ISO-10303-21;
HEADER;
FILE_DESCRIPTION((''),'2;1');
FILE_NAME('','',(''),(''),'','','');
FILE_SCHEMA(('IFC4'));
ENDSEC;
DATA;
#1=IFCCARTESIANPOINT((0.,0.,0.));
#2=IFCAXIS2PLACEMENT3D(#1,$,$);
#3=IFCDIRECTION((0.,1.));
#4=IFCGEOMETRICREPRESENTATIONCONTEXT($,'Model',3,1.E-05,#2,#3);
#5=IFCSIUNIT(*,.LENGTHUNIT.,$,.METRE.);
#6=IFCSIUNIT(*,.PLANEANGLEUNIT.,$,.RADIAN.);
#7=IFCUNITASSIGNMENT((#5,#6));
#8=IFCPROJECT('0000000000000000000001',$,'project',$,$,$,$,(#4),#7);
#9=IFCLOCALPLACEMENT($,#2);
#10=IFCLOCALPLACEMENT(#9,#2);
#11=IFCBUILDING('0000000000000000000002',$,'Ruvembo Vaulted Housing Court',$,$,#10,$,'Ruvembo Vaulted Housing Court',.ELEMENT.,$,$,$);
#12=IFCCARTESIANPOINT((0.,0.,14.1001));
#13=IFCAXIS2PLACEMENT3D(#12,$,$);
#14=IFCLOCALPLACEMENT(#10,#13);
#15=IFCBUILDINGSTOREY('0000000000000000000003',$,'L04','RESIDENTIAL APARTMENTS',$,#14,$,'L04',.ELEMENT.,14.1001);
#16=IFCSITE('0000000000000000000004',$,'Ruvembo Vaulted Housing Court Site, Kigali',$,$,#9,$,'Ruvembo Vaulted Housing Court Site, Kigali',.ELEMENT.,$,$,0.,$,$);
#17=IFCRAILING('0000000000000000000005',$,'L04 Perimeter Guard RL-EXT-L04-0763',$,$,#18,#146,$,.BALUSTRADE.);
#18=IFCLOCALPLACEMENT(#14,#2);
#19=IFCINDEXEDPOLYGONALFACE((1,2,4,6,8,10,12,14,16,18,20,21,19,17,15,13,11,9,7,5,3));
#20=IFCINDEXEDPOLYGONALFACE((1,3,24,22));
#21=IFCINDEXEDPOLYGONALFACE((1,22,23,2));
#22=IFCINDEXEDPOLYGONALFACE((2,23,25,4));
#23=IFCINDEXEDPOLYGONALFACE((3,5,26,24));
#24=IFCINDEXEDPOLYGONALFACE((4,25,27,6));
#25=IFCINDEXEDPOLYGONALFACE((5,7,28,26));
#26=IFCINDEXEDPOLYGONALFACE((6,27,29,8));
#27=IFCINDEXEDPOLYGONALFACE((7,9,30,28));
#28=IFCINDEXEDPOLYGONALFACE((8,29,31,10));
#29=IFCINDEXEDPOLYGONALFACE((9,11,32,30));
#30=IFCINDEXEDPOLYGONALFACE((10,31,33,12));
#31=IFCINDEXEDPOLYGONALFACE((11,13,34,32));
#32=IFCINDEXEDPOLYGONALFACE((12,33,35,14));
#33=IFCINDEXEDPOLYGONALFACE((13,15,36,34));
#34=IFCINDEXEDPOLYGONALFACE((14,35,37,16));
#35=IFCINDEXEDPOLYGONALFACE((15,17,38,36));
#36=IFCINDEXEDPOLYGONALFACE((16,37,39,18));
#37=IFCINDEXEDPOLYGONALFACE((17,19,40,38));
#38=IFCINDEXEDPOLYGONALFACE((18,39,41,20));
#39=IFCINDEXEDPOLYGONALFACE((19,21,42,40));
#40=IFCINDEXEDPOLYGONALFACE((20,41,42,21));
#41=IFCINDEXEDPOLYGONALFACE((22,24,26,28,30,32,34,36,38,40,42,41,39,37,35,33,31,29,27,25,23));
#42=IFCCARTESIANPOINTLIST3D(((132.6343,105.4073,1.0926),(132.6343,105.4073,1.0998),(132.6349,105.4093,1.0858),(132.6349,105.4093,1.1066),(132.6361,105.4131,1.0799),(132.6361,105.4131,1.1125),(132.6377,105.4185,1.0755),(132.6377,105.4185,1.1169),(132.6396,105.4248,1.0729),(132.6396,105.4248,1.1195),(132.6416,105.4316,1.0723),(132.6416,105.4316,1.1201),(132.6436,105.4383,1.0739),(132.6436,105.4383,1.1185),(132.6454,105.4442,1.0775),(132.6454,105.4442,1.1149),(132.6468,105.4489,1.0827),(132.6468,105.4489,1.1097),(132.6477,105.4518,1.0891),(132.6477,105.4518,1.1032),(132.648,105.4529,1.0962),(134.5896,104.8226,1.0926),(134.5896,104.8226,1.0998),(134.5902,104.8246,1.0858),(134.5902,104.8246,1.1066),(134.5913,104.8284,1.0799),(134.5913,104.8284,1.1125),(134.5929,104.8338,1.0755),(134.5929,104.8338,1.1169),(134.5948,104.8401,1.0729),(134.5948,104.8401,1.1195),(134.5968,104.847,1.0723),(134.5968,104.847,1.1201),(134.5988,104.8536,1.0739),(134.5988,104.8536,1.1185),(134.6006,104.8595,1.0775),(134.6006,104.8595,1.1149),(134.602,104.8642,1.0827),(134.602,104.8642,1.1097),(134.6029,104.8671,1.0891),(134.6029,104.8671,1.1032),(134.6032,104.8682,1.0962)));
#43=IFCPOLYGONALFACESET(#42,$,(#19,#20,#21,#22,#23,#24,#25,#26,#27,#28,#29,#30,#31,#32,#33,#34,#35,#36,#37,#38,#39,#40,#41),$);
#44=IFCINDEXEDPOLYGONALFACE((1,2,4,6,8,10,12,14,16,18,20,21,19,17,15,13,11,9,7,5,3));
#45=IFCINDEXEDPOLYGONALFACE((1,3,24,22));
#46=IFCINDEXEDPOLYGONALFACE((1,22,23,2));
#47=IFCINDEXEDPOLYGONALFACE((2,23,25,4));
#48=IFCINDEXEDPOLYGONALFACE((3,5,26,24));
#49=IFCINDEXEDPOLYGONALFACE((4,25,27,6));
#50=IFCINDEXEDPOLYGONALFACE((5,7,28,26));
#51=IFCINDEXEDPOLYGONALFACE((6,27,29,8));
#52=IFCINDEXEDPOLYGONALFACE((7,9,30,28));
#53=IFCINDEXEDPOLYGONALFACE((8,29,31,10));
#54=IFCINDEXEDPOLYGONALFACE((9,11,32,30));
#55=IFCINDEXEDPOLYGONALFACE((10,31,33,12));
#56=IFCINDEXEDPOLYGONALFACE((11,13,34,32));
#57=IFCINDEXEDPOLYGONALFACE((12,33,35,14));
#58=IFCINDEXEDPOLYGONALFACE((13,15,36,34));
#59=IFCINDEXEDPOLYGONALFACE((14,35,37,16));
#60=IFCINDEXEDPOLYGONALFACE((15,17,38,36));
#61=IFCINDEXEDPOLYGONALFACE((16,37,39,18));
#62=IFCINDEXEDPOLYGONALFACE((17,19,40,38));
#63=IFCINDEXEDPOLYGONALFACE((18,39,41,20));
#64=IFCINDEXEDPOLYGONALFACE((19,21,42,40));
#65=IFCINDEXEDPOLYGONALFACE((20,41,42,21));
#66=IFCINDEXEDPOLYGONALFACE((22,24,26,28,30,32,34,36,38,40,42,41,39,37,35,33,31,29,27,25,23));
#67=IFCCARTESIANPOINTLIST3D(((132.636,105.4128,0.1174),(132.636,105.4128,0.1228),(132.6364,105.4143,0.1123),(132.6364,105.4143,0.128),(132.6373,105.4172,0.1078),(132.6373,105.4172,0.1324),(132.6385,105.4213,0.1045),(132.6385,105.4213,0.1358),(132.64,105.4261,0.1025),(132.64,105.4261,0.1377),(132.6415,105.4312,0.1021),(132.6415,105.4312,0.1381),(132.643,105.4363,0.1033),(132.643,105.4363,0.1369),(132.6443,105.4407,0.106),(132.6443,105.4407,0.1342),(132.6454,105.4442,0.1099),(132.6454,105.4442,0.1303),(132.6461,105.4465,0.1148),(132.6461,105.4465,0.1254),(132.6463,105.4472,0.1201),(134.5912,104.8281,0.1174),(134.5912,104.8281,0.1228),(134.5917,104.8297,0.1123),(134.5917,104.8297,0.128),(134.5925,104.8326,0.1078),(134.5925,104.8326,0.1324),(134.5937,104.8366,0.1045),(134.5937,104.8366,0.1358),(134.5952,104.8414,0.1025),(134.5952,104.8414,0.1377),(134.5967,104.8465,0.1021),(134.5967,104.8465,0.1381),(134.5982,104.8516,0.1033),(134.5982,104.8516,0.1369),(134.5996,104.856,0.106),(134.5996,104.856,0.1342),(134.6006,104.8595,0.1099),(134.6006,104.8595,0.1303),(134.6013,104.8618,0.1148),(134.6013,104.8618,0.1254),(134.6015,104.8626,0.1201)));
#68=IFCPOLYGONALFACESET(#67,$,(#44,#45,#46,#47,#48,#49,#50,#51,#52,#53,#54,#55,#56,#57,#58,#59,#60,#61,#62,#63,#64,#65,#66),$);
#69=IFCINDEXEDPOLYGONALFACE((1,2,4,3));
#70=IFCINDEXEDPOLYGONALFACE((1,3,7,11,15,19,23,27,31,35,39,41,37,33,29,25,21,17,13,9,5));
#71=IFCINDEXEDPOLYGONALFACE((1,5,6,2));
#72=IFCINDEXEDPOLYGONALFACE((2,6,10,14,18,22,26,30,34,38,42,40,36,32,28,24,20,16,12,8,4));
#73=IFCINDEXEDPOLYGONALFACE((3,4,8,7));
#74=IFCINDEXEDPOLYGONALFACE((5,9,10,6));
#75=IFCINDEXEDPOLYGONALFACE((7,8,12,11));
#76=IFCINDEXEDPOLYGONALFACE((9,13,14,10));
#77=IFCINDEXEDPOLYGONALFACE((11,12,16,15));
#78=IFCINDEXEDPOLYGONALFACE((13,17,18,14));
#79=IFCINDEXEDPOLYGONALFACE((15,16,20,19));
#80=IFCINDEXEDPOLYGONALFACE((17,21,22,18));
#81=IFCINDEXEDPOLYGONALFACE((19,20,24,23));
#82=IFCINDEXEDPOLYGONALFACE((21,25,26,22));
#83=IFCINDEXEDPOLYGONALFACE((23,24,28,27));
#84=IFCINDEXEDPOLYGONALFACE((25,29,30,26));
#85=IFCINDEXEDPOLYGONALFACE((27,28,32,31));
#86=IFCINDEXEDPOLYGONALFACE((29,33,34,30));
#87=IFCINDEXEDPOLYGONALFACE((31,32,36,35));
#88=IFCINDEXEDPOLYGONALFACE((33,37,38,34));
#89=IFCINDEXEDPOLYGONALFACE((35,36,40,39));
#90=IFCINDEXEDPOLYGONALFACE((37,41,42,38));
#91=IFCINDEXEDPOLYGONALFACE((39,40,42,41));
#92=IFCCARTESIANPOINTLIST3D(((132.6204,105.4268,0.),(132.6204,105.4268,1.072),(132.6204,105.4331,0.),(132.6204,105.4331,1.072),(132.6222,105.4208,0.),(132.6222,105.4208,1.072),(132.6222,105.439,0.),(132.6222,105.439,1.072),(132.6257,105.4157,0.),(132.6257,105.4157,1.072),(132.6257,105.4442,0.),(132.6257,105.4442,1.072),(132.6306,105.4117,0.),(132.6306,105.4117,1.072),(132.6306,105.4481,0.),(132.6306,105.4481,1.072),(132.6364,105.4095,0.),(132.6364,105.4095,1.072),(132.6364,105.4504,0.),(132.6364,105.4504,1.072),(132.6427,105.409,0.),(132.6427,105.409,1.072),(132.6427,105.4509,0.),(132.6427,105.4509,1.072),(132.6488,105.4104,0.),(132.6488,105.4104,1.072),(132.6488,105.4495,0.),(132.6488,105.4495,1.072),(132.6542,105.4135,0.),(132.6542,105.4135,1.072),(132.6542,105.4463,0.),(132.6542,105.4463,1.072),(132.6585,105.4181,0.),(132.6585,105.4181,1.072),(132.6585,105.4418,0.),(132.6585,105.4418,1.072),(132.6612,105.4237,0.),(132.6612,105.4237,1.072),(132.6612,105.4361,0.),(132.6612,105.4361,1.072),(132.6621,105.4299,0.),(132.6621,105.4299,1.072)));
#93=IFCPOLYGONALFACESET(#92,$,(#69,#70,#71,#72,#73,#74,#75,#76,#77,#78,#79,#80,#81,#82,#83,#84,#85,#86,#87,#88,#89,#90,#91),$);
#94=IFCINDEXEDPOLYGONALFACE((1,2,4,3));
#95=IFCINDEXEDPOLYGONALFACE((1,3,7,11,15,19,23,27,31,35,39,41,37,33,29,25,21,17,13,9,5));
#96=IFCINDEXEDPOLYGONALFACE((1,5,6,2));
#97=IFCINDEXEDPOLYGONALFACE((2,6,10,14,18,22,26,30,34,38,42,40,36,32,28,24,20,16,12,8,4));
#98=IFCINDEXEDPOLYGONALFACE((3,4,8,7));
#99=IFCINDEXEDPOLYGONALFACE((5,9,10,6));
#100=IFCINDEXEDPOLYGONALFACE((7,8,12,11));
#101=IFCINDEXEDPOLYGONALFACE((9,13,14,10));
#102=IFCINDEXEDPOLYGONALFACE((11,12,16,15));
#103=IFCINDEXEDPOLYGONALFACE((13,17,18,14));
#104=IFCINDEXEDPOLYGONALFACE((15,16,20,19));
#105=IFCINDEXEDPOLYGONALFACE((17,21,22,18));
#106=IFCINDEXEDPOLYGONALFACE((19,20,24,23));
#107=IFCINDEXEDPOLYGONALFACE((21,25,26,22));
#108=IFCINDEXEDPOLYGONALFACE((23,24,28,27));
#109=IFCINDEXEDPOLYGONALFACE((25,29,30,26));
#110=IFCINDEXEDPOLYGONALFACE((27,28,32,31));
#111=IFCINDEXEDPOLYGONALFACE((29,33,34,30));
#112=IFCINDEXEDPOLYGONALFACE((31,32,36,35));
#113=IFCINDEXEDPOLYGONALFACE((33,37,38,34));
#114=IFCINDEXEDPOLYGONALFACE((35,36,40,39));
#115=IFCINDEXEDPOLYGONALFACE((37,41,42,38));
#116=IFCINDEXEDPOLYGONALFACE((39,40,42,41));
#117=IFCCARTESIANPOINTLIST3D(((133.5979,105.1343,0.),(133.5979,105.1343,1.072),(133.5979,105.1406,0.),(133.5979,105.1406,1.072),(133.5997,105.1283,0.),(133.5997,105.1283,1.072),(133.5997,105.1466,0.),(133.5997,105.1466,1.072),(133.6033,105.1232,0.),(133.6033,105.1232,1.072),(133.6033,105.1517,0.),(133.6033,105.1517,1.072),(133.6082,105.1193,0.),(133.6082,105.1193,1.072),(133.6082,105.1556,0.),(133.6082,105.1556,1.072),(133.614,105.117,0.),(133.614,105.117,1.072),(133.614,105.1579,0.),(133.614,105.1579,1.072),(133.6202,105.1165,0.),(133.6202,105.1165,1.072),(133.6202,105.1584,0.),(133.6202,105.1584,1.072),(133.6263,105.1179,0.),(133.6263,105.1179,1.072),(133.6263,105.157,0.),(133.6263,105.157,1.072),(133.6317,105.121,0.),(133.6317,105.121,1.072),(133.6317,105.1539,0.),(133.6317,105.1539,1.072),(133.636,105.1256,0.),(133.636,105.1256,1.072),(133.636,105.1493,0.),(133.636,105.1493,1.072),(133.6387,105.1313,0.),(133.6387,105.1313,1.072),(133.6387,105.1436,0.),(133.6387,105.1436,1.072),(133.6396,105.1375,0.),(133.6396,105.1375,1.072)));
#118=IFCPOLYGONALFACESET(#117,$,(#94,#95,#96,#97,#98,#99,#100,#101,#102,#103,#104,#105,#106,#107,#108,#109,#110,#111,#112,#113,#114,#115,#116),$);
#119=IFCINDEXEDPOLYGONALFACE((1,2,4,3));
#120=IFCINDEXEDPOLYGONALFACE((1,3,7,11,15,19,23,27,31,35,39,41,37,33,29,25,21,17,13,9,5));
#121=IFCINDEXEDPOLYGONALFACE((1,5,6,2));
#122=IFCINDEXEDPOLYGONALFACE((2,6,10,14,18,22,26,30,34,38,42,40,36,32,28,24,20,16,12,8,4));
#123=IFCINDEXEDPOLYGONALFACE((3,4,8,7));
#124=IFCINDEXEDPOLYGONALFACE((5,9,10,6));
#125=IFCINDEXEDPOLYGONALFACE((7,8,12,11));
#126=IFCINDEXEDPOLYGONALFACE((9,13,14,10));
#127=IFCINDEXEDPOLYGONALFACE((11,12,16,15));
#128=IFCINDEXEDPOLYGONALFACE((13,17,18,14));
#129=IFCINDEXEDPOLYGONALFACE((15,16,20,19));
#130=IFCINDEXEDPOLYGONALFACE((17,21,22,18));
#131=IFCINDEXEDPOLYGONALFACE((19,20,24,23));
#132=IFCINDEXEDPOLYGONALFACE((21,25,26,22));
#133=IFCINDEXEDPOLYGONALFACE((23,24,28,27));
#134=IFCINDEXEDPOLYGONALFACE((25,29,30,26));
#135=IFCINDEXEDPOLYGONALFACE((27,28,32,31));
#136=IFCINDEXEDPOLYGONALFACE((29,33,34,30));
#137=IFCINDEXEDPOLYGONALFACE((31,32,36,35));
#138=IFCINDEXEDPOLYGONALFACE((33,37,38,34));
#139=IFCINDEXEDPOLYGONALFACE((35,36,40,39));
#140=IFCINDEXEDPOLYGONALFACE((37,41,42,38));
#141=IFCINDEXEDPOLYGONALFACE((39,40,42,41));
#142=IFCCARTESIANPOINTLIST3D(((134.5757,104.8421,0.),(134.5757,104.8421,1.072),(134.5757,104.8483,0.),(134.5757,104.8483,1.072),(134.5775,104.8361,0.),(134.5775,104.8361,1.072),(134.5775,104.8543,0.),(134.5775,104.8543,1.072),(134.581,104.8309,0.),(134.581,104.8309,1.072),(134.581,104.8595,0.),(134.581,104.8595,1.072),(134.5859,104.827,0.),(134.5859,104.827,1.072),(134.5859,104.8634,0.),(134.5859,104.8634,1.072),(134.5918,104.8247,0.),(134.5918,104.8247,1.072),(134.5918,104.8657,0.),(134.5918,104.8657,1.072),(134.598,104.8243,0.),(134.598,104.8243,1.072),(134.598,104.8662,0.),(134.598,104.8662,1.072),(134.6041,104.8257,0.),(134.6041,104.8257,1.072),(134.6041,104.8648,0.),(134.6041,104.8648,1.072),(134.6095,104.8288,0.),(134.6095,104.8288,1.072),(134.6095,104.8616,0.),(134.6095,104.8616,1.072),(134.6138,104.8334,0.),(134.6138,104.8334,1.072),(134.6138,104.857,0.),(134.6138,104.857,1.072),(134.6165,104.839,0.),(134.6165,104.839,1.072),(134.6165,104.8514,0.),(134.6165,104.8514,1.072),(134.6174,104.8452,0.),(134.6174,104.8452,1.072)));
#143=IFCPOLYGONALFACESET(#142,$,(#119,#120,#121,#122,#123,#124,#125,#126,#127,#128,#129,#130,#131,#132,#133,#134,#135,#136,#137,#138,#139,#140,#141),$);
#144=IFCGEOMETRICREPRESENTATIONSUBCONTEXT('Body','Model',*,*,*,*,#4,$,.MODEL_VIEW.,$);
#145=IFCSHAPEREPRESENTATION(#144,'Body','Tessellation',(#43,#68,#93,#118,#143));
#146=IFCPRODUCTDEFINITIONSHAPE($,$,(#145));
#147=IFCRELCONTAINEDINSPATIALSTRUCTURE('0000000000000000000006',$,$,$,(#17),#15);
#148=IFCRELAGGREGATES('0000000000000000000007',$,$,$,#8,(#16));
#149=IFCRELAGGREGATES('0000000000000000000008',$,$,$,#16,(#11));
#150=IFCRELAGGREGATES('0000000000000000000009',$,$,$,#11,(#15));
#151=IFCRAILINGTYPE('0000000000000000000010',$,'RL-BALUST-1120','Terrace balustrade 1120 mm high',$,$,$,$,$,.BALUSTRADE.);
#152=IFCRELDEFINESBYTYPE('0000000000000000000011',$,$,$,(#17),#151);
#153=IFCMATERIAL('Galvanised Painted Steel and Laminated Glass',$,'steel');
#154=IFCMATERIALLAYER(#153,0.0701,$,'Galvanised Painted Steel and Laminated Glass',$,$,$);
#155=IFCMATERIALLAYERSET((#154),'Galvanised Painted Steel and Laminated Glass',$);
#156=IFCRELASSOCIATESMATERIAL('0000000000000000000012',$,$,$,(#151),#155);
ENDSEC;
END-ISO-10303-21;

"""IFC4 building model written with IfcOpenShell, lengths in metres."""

from ifc_helpers import new_model, si_unit, direction, frame, origin, origin_2d, place, context, subcontext, project, spatial, circle, extrude, material, layer, layer_set, type_object, element, save


model = new_model("IFC4")

# Units and contexts
model_context = context("Model", 3, precision=1e-05, world=origin(), true_north=direction((0.0, 1.0)))
body_context = subcontext(model_context, "Body", "Model", "MODEL_VIEW")
ifc_project = project(units=[si_unit("LENGTHUNIT", "METRE"), si_unit("PLANEANGLEUNIT", "RADIAN")], contexts=[model_context])

# Site, building, storey
site_placement = place(None, origin())
site = spatial("IfcSite", under=ifc_project, at=site_placement, Name="Ruvembo Vaulted Housing Court Site, Kigali", LongName="Ruvembo Vaulted Housing Court Site, Kigali", CompositionType="ELEMENT", RefElevation=0.0)
building_placement = place(site_placement, origin())
building = spatial("IfcBuilding", under=site, at=building_placement, Name="Ruvembo Vaulted Housing Court", LongName="Ruvembo Vaulted Housing Court", CompositionType="ELEMENT")
storey_placement = place(building_placement, frame((0.0, 0.0, 14.1001)))
storey = spatial("IfcBuildingStorey", under=building, at=storey_placement, Name="L04", Description="RESIDENTIAL APARTMENTS", LongName="L04", CompositionType="ELEMENT", Elevation=14.1001)

# Railing
ifc_material_1 = material(Name="Galvanised Painted Steel and Laminated Glass", Category="steel")
ifc_layer_1 = layer(ifc_material_1, 0.0701, Name="Galvanised Painted Steel and Laminated Glass")
ifc_layer_set_1 = layer_set([ifc_layer_1], Name="Galvanised Painted Steel and Laminated Glass")
railing_type = type_object("IfcRailingType", Name="RL-BALUST-1120", Description="Terrace balustrade 1120 mm high", PredefinedType="BALUSTRADE", material=ifc_layer_set_1)
railing_1_placement = place(storey_placement, frame((132.6411, 105.4299, 0.0)))
element("IfcRailing", 1, at=railing_1_placement, inside=storey, type_object=railing_type, Name="L04 Perimeter Guard RL-EXT-L04-0763", PredefinedType="BALUSTRADE", context=body_context, shape_type="SweptSolid", body=[
    extrude(circle(Radius=0.0239, at=origin_2d()), frame((0.0, 0.0, 1.0962), z_axis=(0.958079, -0.286503, 0.0), x_axis=(0.286503, 0.958079, 0.0)), (0.0, 0.0, 1.0), 2.0408),
    extrude(circle(Radius=0.0181, at=origin_2d()), frame((0.0, 0.0, 0.1201), z_axis=(0.958079, -0.286503, 0.0), x_axis=(0.286503, 0.958079, 0.0)), (0.0, 0.0, 1.0), 2.0408),
    extrude(circle(Radius=0.021, at=origin_2d()), origin(), (0.0, 0.0, 1.0), 1.072),
    extrude(circle(Radius=0.021, at=origin_2d()), frame((0.9775, -0.2925, 0.0)), (0.0, 0.0, 1.0), 1.072),
    extrude(circle(Radius=0.021, at=origin_2d()), frame((1.9553, -0.5847, 0.0)), (0.0, 0.0, 1.0), 1.072),
])

save(model, "model.ifc")
